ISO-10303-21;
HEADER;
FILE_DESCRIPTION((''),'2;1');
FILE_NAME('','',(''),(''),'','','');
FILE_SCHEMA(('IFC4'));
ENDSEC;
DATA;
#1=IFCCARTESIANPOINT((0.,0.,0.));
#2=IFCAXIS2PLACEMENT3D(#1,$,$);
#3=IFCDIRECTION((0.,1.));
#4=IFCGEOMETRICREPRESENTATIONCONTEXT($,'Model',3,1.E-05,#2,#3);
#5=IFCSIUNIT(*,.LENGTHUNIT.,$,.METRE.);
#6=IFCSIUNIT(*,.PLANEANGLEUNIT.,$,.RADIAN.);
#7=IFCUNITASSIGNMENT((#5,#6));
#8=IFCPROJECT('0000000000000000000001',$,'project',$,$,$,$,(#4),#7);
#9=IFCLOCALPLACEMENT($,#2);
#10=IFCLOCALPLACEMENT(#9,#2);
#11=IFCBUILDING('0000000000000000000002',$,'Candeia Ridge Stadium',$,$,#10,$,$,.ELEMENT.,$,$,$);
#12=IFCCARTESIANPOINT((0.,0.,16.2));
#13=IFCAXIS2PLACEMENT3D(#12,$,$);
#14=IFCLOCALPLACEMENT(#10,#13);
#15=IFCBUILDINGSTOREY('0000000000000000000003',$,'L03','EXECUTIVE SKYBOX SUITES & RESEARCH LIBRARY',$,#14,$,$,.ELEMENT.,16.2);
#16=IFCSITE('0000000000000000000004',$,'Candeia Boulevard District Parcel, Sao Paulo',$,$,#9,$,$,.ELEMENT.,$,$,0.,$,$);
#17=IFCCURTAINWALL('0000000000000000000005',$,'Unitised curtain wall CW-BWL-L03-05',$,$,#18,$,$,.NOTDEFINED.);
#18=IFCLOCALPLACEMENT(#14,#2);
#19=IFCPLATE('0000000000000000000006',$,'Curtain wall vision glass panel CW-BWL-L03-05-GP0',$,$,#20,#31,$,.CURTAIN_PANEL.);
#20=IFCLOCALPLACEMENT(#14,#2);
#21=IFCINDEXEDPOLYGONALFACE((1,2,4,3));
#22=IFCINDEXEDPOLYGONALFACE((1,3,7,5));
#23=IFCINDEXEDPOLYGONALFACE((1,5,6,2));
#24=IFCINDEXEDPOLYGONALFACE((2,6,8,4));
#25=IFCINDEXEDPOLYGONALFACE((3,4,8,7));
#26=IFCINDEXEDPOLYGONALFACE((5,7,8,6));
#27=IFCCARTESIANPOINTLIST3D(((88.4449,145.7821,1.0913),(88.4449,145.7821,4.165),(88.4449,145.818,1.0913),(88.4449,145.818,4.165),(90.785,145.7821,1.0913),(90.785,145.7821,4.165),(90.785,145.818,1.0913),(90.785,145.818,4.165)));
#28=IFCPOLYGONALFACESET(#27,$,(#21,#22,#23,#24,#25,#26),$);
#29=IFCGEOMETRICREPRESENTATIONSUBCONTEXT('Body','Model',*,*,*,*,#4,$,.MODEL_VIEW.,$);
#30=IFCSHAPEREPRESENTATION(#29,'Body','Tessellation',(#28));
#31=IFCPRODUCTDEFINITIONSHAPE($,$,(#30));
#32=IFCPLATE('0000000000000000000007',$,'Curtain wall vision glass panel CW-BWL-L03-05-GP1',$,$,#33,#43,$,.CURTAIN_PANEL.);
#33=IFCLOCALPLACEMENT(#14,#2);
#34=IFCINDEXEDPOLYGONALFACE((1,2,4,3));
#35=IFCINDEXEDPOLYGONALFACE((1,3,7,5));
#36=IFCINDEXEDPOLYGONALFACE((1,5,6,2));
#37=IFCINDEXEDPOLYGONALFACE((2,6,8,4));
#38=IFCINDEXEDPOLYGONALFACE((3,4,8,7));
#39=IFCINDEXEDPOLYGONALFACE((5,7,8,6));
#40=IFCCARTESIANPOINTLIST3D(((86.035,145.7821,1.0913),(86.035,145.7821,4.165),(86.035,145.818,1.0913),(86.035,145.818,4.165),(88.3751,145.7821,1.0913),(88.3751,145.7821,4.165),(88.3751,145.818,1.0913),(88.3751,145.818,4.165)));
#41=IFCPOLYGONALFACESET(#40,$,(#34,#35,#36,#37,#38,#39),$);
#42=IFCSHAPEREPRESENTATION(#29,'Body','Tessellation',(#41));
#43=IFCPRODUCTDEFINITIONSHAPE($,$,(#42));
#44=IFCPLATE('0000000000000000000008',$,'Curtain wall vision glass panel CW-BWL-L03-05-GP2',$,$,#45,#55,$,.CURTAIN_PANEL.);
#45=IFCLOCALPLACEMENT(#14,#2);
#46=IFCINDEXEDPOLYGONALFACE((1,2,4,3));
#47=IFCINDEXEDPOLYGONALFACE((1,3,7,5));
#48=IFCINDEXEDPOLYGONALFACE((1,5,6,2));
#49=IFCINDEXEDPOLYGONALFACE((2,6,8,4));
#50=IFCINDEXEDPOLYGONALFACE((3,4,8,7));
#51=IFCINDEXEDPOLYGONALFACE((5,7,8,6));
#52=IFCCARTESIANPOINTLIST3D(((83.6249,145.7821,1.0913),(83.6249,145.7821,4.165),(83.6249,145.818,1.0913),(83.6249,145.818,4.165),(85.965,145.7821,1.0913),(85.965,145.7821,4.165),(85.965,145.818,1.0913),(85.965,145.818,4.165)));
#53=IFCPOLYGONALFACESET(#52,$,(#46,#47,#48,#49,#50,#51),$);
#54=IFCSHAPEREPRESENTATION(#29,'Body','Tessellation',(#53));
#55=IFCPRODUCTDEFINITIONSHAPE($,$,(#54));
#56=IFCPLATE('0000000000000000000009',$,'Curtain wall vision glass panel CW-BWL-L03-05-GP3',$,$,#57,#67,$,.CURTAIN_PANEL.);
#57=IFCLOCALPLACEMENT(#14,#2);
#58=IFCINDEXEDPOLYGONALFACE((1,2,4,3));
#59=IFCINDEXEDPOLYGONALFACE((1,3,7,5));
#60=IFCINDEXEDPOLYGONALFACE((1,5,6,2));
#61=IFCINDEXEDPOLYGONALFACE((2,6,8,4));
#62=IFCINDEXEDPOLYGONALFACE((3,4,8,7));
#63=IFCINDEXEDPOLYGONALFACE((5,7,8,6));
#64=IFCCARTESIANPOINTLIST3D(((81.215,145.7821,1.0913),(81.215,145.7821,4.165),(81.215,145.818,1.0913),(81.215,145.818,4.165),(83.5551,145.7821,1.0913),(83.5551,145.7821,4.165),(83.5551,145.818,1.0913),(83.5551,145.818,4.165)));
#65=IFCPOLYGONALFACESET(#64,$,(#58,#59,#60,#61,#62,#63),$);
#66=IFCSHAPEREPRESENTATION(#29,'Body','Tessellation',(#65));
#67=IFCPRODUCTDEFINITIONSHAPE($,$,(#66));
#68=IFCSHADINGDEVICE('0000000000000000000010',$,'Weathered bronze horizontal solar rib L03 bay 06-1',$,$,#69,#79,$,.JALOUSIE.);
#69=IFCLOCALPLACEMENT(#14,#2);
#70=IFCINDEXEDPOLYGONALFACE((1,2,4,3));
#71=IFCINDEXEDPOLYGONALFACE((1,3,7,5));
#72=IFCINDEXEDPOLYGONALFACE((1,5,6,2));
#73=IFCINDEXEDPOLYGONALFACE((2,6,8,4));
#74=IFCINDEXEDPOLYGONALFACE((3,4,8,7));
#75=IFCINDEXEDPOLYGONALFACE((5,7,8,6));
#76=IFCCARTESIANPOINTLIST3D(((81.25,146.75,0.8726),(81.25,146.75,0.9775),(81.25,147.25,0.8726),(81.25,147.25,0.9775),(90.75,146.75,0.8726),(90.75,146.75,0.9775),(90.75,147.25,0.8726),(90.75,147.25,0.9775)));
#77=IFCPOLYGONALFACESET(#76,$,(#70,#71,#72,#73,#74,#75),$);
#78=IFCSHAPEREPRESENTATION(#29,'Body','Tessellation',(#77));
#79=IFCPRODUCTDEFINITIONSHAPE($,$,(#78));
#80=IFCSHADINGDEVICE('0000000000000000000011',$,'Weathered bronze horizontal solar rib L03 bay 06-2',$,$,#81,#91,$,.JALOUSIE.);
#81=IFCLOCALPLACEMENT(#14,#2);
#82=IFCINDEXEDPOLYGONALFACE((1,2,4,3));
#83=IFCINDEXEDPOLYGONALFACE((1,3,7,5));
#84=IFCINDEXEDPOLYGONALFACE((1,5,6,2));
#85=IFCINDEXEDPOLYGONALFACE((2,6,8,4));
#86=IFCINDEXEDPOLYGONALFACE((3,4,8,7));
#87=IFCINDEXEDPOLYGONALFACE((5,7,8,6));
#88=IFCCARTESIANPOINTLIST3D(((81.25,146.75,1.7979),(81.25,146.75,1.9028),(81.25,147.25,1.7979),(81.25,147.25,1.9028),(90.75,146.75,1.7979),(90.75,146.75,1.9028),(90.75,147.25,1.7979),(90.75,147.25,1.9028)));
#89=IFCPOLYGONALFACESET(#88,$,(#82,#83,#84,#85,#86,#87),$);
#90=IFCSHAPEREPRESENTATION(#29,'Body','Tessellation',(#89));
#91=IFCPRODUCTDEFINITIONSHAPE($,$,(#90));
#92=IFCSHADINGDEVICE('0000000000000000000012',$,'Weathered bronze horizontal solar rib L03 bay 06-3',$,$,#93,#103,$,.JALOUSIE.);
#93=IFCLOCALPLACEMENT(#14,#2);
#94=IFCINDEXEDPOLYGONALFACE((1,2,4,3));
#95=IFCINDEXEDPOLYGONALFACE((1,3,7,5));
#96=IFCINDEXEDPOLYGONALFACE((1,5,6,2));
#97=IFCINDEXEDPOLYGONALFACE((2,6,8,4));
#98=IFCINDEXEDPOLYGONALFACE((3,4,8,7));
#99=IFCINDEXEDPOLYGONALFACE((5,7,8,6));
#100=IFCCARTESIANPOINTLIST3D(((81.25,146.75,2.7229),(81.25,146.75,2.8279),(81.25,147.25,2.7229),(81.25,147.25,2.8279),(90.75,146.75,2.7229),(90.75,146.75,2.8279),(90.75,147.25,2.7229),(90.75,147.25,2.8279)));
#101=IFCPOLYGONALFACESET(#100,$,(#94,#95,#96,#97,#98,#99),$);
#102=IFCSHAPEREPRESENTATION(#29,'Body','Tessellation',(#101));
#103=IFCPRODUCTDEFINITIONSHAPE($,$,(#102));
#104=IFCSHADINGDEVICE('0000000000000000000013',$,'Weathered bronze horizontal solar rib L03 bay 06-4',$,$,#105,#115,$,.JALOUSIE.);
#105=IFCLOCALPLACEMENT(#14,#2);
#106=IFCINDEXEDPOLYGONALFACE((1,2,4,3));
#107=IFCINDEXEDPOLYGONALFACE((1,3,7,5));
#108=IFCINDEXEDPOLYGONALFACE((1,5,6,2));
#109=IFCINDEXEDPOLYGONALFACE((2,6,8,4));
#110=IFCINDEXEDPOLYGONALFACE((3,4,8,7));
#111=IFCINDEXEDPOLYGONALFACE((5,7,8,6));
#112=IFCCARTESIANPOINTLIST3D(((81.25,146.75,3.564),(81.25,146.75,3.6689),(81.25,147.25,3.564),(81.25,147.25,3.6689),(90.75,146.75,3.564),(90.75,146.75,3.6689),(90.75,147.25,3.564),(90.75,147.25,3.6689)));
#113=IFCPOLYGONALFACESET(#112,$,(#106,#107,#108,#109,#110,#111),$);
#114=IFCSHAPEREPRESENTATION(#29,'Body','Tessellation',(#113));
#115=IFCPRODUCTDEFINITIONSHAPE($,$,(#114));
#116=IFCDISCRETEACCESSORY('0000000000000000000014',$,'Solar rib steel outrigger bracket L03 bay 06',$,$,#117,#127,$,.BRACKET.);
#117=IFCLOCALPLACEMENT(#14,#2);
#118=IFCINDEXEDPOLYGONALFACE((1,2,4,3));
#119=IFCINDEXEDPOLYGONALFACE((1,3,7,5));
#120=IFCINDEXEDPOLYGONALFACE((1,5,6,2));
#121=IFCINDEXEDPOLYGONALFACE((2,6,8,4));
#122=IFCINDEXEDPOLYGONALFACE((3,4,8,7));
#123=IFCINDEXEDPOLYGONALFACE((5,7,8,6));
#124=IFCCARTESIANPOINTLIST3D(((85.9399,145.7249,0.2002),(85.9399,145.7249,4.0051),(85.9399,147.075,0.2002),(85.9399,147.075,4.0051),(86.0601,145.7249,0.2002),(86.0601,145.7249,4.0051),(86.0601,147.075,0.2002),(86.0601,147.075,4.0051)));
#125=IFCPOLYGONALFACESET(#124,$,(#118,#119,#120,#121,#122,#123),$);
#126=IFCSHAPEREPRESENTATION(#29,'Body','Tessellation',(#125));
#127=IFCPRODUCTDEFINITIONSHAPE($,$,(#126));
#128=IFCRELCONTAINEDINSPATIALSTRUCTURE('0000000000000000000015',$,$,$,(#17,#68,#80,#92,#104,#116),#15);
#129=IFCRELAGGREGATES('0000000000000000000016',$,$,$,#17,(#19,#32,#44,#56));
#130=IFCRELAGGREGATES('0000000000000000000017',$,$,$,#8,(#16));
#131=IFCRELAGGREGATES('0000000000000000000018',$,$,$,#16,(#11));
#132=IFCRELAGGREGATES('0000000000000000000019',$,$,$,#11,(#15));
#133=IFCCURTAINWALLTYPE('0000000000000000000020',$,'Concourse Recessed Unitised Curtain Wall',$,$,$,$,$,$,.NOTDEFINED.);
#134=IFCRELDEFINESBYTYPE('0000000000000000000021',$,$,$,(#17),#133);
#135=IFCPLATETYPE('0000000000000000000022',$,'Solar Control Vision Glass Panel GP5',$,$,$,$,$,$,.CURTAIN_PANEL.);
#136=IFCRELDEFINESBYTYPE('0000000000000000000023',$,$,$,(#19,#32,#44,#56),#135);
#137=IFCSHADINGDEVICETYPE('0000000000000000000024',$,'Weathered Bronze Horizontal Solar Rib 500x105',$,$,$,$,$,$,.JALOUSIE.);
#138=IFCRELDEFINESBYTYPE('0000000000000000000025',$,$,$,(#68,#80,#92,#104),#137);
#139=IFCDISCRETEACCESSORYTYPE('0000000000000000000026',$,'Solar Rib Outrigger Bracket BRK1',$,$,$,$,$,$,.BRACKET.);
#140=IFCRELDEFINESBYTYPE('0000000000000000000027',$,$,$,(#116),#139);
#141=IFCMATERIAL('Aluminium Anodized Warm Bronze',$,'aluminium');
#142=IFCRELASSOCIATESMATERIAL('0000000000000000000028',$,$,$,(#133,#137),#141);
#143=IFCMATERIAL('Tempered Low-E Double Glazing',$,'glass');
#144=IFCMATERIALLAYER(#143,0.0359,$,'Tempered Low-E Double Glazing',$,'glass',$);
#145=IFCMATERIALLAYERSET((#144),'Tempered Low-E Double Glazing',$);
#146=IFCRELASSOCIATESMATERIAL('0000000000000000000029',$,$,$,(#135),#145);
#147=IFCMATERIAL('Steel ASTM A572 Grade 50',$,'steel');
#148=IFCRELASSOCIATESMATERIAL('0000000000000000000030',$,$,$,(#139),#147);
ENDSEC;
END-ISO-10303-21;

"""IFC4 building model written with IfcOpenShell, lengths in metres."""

from ifc_helpers import new_model, si_unit, direction, frame, origin, origin_2d, place, context, subcontext, project, spatial, rectangle, extrude, material, layer, layer_set, type_object, element, aggregate, save


model = new_model("IFC4")

# Units and contexts
model_context = context("Model", 3, precision=1e-05, world=origin(), true_north=direction((0.0, 1.0)))
body_context = subcontext(model_context, "Body", "Model", "MODEL_VIEW")
ifc_project = project(units=[si_unit("LENGTHUNIT", "METRE"), si_unit("PLANEANGLEUNIT", "RADIAN")], contexts=[model_context])

# Site, building, storey
site_placement = place(None, origin())
site = spatial("IfcSite", under=ifc_project, at=site_placement, Name="Candeia Boulevard District Parcel, Sao Paulo", CompositionType="ELEMENT", RefElevation=0.0)
building_placement = place(site_placement, origin())
building = spatial("IfcBuilding", under=site, at=building_placement, Name="Candeia Ridge Stadium", CompositionType="ELEMENT")
storey_placement = place(building_placement, frame((0.0, 0.0, 16.2)))
storey = spatial("IfcBuildingStorey", under=building, at=storey_placement, Name="L03", Description="EXECUTIVE SKYBOX SUITES & RESEARCH LIBRARY", CompositionType="ELEMENT", Elevation=16.2)

# Shared definitions
ifc_material_1 = material(Name="Aluminium Anodized Warm Bronze", Category="aluminium")
curtain_wall_type = type_object("IfcCurtainWallType", Name="Concourse Recessed Unitised Curtain Wall", PredefinedType="NOTDEFINED", material=ifc_material_1)

# Curtain wall
curtain_wall_1_placement = place(storey_placement, origin())
curtain_wall_1 = element("IfcCurtainWall", 1, at=curtain_wall_1_placement, inside=storey, type_object=curtain_wall_type, Name="Unitised curtain wall CW-BWL-L03-05", PredefinedType="NOTDEFINED")

# Plates
ifc_material_2 = material(Name="Tempered Low-E Double Glazing", Category="glass")
ifc_layer_1 = layer(ifc_material_2, 0.0359, Name="Tempered Low-E Double Glazing", Category="glass")
ifc_layer_set_1 = layer_set([ifc_layer_1], Name="Tempered Low-E Double Glazing")
plate_type_1 = type_object("IfcPlateType", Name="Solar Control Vision Glass Panel GP5", PredefinedType="CURTAIN_PANEL", material=ifc_layer_set_1)
plate_1_placement = place(storey_placement, frame((89.615, 145.8, 1.0913), z_axis=(0.0, 0.0, 1.0), x_axis=(-1.0, 0.0, 0.0)))
plate_1 = element("IfcPlate", 2, at=plate_1_placement, type_object=plate_type_1, Name="Curtain wall vision glass panel CW-BWL-L03-05-GP0", PredefinedType="CURTAIN_PANEL", context=body_context, shape_type="SweptSolid", body=[
    extrude(rectangle(XDim=2.3401, YDim=0.0359, at=origin_2d()), origin(), (0.0, 0.0, 1.0), 3.0737),
])
plate_2_placement = place(storey_placement, frame((87.2051, 145.8, 1.0913), z_axis=(0.0, 0.0, 1.0), x_axis=(-1.0, 0.0, 0.0)))
plate_2 = element("IfcPlate", 3, at=plate_2_placement, type_object=plate_type_1, Name="Curtain wall vision glass panel CW-BWL-L03-05-GP1", PredefinedType="CURTAIN_PANEL", context=body_context, shape_type="SweptSolid", body=[
    extrude(rectangle(XDim=2.3401, YDim=0.0359, at=origin_2d()), origin(), (0.0, 0.0, 1.0), 3.0737),
])
plate_3_placement = place(storey_placement, frame((84.7949, 145.8, 1.0913), z_axis=(0.0, 0.0, 1.0), x_axis=(-1.0, 0.0, 0.0)))
plate_3 = element("IfcPlate", 4, at=plate_3_placement, type_object=plate_type_1, Name="Curtain wall vision glass panel CW-BWL-L03-05-GP2", PredefinedType="CURTAIN_PANEL", context=body_context, shape_type="SweptSolid", body=[
    extrude(rectangle(XDim=2.3401, YDim=0.0359, at=origin_2d()), origin(), (0.0, 0.0, 1.0), 3.0737),
])
plate_4_placement = place(storey_placement, frame((82.385, 145.8, 1.0913), z_axis=(0.0, 0.0, 1.0), x_axis=(-1.0, 0.0, 0.0)))
plate_4 = element("IfcPlate", 5, at=plate_4_placement, type_object=plate_type_1, Name="Curtain wall vision glass panel CW-BWL-L03-05-GP3", PredefinedType="CURTAIN_PANEL", context=body_context, shape_type="SweptSolid", body=[
    extrude(rectangle(XDim=2.3401, YDim=0.0359, at=origin_2d()), origin(), (0.0, 0.0, 1.0), 3.0737),
])
aggregate(curtain_wall_1, [plate_1, plate_2, plate_3, plate_4])

# Shading devices
shading_device_type = type_object("IfcShadingDeviceType", Name="Weathered Bronze Horizontal Solar Rib 500x105", PredefinedType="JALOUSIE", material=ifc_material_1)
for number, where, z_axis, x_axis, name in (
    (6, (86.0, 147.0, 0.8726), (0.0, 0.0, 1.0), (-1.0, 0.0, 0.0), "Weathered bronze horizontal solar rib L03 bay 06-1"),
    (7, (86.0, 147.0, 1.7979), (0.0, 0.0, 1.0), (-1.0, 0.0, 0.0), "Weathered bronze horizontal solar rib L03 bay 06-2"),
    (8, (86.0, 147.0, 2.7229), (0.0, 0.0, 1.0), (-1.0, 0.0, 0.0), "Weathered bronze horizontal solar rib L03 bay 06-3"),
    (9, (86.0, 147.0, 3.564), (0.0, 0.0, 1.0), (-1.0, 0.0, 0.0), "Weathered bronze horizontal solar rib L03 bay 06-4"),
):
    element("IfcShadingDevice", number, at=place(storey_placement, frame(where, z_axis=z_axis, x_axis=x_axis)), inside=storey, type_object=shading_device_type, Name=name, PredefinedType="JALOUSIE", context=body_context, shape_type="SweptSolid", body=[
        extrude(rectangle(XDim=9.5, YDim=0.5, at=origin_2d()), origin(), (0.0, 0.0, 1.0), 0.105),
    ])

# Discrete accessory
ifc_material_3 = material(Name="Steel ASTM A572 Grade 50", Category="steel")
discrete_accessory_type = type_object("IfcDiscreteAccessoryType", Name="Solar Rib Outrigger Bracket BRK1", PredefinedType="BRACKET", material=ifc_material_3)
discrete_accessory_placement = place(storey_placement, frame((86.0, 146.3999, 0.2002), z_axis=(0.0, 0.0, 1.0), x_axis=(0.0, 1.0, 0.0)))
element("IfcDiscreteAccessory", 10, at=discrete_accessory_placement, inside=storey, type_object=discrete_accessory_type, Name="Solar rib steel outrigger bracket L03 bay 06", PredefinedType="BRACKET", context=body_context, shape_type="SweptSolid", body=[
    extrude(rectangle(XDim=1.3501, YDim=0.1201, at=origin_2d()), origin(), (0.0, 0.0, 1.0), 3.8049),
])

save(model, "model.ifc")
